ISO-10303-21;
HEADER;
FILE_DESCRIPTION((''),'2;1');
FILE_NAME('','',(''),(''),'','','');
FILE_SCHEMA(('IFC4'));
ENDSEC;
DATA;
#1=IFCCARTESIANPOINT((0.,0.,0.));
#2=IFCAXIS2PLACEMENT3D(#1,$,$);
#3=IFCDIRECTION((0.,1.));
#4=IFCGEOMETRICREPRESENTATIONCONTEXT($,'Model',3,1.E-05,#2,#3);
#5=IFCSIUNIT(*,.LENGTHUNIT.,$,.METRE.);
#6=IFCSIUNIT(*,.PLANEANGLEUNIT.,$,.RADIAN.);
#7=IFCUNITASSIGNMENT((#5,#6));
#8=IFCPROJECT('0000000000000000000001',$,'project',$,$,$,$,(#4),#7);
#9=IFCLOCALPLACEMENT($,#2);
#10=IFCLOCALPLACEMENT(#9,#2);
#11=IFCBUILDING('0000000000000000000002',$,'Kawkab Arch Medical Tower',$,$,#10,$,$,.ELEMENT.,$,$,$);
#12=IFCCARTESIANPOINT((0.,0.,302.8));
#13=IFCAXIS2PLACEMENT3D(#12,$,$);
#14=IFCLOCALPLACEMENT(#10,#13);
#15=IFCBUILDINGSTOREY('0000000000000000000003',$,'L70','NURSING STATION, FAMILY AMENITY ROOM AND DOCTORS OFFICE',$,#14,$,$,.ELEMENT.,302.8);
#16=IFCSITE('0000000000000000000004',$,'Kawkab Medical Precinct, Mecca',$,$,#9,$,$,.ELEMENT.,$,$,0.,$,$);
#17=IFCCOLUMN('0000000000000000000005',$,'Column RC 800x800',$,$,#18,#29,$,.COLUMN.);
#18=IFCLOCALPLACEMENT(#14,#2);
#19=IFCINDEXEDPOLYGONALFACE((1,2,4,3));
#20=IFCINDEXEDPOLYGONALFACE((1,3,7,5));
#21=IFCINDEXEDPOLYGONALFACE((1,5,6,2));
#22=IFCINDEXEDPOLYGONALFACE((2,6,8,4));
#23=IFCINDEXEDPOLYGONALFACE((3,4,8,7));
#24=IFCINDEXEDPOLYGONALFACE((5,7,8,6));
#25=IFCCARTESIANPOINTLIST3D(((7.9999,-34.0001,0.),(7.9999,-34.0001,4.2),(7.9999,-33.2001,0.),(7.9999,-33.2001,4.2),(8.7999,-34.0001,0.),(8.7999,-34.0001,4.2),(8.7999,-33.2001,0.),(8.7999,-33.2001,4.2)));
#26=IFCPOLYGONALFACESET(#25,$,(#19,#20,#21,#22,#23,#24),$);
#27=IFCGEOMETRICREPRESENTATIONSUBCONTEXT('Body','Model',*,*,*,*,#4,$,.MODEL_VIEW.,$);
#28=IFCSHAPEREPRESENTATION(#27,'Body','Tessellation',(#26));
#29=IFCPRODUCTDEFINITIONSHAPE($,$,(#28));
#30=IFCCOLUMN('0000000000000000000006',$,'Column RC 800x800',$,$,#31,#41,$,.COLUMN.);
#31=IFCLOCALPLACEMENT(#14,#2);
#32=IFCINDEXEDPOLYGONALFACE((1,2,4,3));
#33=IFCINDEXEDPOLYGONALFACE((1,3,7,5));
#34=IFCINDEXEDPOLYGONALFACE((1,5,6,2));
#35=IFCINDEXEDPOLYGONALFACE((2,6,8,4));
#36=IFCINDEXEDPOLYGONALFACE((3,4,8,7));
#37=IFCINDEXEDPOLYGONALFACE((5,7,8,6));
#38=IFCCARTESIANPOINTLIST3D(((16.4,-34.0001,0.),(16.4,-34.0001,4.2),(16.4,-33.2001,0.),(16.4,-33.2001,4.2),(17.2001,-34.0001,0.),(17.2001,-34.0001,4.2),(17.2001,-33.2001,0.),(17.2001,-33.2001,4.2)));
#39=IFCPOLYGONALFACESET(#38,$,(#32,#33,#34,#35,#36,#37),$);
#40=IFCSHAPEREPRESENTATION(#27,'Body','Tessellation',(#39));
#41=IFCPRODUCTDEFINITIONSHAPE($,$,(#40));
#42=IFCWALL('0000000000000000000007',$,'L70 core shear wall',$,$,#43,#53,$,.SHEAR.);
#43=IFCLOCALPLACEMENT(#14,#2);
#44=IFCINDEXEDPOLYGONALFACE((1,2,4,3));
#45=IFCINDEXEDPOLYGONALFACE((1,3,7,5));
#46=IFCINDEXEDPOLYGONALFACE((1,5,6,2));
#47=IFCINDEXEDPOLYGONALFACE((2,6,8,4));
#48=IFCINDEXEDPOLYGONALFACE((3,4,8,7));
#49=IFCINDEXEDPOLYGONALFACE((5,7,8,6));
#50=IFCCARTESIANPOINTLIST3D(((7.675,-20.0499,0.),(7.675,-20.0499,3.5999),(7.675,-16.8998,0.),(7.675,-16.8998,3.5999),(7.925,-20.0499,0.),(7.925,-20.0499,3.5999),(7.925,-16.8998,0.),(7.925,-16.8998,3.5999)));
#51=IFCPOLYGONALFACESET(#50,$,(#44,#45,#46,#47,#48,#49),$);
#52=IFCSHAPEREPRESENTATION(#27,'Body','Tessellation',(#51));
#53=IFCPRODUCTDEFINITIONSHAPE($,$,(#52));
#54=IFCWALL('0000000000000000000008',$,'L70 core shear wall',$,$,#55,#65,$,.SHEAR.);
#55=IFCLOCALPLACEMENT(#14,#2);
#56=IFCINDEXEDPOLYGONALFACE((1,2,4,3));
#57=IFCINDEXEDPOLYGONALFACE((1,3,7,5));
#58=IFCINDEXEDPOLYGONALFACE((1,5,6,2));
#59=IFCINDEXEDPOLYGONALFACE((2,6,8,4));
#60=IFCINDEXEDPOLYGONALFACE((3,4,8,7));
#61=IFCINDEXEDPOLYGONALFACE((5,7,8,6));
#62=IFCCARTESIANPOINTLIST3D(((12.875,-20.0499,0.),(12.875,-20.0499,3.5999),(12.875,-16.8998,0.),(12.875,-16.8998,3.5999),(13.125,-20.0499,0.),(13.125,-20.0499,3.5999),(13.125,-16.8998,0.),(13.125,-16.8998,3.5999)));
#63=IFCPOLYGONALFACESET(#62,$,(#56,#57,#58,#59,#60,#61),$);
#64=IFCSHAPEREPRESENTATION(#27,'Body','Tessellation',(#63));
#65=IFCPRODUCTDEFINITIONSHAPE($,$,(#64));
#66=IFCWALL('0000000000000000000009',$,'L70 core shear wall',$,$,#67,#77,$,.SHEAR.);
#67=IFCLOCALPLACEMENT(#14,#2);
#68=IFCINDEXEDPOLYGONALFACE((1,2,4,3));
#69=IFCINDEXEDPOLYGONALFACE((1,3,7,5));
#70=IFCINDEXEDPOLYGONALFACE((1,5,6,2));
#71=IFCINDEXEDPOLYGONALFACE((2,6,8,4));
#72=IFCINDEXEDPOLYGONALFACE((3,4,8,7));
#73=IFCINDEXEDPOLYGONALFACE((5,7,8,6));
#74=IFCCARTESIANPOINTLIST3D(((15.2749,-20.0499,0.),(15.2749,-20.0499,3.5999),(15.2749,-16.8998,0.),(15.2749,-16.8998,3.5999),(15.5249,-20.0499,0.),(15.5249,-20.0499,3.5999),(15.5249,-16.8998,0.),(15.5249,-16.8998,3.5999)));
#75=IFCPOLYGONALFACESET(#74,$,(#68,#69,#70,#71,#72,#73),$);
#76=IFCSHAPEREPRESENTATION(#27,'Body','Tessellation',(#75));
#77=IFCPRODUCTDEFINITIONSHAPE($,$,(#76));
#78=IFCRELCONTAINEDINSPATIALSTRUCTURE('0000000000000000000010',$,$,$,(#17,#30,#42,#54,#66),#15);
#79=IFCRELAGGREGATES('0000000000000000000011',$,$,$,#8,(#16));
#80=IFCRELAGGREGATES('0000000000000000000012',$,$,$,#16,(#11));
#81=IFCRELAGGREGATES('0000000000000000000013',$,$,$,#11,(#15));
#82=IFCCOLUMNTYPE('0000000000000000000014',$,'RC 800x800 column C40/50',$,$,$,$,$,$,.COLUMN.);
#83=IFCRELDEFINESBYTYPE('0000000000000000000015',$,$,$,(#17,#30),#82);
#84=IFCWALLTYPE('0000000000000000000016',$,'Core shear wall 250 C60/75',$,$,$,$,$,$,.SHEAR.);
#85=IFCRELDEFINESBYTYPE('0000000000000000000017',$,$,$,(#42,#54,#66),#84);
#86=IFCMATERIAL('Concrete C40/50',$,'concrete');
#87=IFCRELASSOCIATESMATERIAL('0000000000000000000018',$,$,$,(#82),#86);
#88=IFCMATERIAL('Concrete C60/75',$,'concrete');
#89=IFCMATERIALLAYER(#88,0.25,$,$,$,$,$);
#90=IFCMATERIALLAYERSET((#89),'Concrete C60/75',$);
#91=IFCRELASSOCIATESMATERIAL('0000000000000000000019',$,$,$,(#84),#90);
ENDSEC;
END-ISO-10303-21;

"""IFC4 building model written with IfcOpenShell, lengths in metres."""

from ifc_helpers import new_model, si_unit, direction, frame, frame_2d, origin, origin_2d, place, context, subcontext, project, spatial, rectangle, extrude, material, layer, layer_set, material_profile, profile_set, type_object, element, save


model = new_model("IFC4")

# Units and contexts
model_context = context("Model", 3, precision=1e-05, world=origin(), true_north=direction((0.0, 1.0)))
body_context = subcontext(model_context, "Body", "Model", "MODEL_VIEW")
ifc_project = project(units=[si_unit("LENGTHUNIT", "METRE"), si_unit("PLANEANGLEUNIT", "RADIAN")], contexts=[model_context])

# Site, building, storey
site_placement = place(None, origin())
site = spatial("IfcSite", under=ifc_project, at=site_placement, Name="Kawkab Medical Precinct, Mecca", CompositionType="ELEMENT", RefElevation=0.0)
building_placement = place(site_placement, origin())
building = spatial("IfcBuilding", under=site, at=building_placement, Name="Kawkab Arch Medical Tower", CompositionType="ELEMENT")
storey_placement = place(building_placement, frame((0.0, 0.0, 302.8)))
storey = spatial("IfcBuildingStorey", under=building, at=storey_placement, Name="L70", Description="NURSING STATION, FAMILY AMENITY ROOM AND DOCTORS OFFICE", CompositionType="ELEMENT", Elevation=302.8)

# Columns
ifc_material_1 = material(Name="Concrete C40/50", Category="concrete")
ifc_material_profile = material_profile(ifc_material_1, rectangle(XDim=0.8, YDim=0.8, at=origin_2d()), Name="RC 800x800")
ifc_profile_set = profile_set([ifc_material_profile], Name="Concrete C40/50")
column_type = type_object("IfcColumnType", Name="RC 800x800 column C40/50", PredefinedType="COLUMN", material=ifc_profile_set)
for number, where, z_axis, x_axis, name in (
    (1, (8.3999, -33.6001, 0.0), (0.0, 0.0, 1.0), (1.0, 0.0, 0.0), "Column RC 800x800"),
    (2, (16.8, -33.6001, 0.0), (0.0, 0.0, 1.0), (1.0, 0.0, 0.0), "Column RC 800x800"),
):
    element("IfcColumn", number, at=place(storey_placement, frame(where, z_axis=z_axis, x_axis=x_axis)), inside=storey, type_object=column_type, Name=name, PredefinedType="COLUMN", context=body_context, shape_type="SweptSolid", body=[
        extrude(rectangle(XDim=0.8, YDim=0.8, at=origin_2d()), origin(), (0.0, 0.0, 1.0), 4.2),
    ])

# Walls
ifc_material_2 = material(Name="Concrete C60/75", Category="concrete")
ifc_layer_1 = layer(ifc_material_2, 0.25)
ifc_layer_set_1 = layer_set([ifc_layer_1], Name="Concrete C60/75")
wall_type_1 = type_object("IfcWallType", Name="Core shear wall 250 C60/75", PredefinedType="SHEAR", material=ifc_layer_set_1)
for number, where, z_axis, x_axis, name in (
    (3, (7.8, -20.05, 0.0), (0.0, 0.0, 1.0), (0.0, 1.0, 0.0), "L70 core shear wall"),
    (4, (13.0, -20.05, 0.0), (0.0, 0.0, 1.0), (0.0, 1.0, 0.0), "L70 core shear wall"),
    (5, (15.3999, -20.05, 0.0), (0.0, 0.0, 1.0), (0.0, 1.0, 0.0), "L70 core shear wall"),
):
    element("IfcWall", number, at=place(storey_placement, frame(where, z_axis=z_axis, x_axis=x_axis)), inside=storey, type_object=wall_type_1, Name=name, PredefinedType="SHEAR", context=body_context, shape_type="SweptSolid", body=[
        extrude(rectangle(XDim=3.1501, YDim=0.25, at=frame_2d((1.5752, 0.0))), origin(), (0.0, 0.0, 1.0), 3.5999),
    ])

save(model, "model.ifc")
